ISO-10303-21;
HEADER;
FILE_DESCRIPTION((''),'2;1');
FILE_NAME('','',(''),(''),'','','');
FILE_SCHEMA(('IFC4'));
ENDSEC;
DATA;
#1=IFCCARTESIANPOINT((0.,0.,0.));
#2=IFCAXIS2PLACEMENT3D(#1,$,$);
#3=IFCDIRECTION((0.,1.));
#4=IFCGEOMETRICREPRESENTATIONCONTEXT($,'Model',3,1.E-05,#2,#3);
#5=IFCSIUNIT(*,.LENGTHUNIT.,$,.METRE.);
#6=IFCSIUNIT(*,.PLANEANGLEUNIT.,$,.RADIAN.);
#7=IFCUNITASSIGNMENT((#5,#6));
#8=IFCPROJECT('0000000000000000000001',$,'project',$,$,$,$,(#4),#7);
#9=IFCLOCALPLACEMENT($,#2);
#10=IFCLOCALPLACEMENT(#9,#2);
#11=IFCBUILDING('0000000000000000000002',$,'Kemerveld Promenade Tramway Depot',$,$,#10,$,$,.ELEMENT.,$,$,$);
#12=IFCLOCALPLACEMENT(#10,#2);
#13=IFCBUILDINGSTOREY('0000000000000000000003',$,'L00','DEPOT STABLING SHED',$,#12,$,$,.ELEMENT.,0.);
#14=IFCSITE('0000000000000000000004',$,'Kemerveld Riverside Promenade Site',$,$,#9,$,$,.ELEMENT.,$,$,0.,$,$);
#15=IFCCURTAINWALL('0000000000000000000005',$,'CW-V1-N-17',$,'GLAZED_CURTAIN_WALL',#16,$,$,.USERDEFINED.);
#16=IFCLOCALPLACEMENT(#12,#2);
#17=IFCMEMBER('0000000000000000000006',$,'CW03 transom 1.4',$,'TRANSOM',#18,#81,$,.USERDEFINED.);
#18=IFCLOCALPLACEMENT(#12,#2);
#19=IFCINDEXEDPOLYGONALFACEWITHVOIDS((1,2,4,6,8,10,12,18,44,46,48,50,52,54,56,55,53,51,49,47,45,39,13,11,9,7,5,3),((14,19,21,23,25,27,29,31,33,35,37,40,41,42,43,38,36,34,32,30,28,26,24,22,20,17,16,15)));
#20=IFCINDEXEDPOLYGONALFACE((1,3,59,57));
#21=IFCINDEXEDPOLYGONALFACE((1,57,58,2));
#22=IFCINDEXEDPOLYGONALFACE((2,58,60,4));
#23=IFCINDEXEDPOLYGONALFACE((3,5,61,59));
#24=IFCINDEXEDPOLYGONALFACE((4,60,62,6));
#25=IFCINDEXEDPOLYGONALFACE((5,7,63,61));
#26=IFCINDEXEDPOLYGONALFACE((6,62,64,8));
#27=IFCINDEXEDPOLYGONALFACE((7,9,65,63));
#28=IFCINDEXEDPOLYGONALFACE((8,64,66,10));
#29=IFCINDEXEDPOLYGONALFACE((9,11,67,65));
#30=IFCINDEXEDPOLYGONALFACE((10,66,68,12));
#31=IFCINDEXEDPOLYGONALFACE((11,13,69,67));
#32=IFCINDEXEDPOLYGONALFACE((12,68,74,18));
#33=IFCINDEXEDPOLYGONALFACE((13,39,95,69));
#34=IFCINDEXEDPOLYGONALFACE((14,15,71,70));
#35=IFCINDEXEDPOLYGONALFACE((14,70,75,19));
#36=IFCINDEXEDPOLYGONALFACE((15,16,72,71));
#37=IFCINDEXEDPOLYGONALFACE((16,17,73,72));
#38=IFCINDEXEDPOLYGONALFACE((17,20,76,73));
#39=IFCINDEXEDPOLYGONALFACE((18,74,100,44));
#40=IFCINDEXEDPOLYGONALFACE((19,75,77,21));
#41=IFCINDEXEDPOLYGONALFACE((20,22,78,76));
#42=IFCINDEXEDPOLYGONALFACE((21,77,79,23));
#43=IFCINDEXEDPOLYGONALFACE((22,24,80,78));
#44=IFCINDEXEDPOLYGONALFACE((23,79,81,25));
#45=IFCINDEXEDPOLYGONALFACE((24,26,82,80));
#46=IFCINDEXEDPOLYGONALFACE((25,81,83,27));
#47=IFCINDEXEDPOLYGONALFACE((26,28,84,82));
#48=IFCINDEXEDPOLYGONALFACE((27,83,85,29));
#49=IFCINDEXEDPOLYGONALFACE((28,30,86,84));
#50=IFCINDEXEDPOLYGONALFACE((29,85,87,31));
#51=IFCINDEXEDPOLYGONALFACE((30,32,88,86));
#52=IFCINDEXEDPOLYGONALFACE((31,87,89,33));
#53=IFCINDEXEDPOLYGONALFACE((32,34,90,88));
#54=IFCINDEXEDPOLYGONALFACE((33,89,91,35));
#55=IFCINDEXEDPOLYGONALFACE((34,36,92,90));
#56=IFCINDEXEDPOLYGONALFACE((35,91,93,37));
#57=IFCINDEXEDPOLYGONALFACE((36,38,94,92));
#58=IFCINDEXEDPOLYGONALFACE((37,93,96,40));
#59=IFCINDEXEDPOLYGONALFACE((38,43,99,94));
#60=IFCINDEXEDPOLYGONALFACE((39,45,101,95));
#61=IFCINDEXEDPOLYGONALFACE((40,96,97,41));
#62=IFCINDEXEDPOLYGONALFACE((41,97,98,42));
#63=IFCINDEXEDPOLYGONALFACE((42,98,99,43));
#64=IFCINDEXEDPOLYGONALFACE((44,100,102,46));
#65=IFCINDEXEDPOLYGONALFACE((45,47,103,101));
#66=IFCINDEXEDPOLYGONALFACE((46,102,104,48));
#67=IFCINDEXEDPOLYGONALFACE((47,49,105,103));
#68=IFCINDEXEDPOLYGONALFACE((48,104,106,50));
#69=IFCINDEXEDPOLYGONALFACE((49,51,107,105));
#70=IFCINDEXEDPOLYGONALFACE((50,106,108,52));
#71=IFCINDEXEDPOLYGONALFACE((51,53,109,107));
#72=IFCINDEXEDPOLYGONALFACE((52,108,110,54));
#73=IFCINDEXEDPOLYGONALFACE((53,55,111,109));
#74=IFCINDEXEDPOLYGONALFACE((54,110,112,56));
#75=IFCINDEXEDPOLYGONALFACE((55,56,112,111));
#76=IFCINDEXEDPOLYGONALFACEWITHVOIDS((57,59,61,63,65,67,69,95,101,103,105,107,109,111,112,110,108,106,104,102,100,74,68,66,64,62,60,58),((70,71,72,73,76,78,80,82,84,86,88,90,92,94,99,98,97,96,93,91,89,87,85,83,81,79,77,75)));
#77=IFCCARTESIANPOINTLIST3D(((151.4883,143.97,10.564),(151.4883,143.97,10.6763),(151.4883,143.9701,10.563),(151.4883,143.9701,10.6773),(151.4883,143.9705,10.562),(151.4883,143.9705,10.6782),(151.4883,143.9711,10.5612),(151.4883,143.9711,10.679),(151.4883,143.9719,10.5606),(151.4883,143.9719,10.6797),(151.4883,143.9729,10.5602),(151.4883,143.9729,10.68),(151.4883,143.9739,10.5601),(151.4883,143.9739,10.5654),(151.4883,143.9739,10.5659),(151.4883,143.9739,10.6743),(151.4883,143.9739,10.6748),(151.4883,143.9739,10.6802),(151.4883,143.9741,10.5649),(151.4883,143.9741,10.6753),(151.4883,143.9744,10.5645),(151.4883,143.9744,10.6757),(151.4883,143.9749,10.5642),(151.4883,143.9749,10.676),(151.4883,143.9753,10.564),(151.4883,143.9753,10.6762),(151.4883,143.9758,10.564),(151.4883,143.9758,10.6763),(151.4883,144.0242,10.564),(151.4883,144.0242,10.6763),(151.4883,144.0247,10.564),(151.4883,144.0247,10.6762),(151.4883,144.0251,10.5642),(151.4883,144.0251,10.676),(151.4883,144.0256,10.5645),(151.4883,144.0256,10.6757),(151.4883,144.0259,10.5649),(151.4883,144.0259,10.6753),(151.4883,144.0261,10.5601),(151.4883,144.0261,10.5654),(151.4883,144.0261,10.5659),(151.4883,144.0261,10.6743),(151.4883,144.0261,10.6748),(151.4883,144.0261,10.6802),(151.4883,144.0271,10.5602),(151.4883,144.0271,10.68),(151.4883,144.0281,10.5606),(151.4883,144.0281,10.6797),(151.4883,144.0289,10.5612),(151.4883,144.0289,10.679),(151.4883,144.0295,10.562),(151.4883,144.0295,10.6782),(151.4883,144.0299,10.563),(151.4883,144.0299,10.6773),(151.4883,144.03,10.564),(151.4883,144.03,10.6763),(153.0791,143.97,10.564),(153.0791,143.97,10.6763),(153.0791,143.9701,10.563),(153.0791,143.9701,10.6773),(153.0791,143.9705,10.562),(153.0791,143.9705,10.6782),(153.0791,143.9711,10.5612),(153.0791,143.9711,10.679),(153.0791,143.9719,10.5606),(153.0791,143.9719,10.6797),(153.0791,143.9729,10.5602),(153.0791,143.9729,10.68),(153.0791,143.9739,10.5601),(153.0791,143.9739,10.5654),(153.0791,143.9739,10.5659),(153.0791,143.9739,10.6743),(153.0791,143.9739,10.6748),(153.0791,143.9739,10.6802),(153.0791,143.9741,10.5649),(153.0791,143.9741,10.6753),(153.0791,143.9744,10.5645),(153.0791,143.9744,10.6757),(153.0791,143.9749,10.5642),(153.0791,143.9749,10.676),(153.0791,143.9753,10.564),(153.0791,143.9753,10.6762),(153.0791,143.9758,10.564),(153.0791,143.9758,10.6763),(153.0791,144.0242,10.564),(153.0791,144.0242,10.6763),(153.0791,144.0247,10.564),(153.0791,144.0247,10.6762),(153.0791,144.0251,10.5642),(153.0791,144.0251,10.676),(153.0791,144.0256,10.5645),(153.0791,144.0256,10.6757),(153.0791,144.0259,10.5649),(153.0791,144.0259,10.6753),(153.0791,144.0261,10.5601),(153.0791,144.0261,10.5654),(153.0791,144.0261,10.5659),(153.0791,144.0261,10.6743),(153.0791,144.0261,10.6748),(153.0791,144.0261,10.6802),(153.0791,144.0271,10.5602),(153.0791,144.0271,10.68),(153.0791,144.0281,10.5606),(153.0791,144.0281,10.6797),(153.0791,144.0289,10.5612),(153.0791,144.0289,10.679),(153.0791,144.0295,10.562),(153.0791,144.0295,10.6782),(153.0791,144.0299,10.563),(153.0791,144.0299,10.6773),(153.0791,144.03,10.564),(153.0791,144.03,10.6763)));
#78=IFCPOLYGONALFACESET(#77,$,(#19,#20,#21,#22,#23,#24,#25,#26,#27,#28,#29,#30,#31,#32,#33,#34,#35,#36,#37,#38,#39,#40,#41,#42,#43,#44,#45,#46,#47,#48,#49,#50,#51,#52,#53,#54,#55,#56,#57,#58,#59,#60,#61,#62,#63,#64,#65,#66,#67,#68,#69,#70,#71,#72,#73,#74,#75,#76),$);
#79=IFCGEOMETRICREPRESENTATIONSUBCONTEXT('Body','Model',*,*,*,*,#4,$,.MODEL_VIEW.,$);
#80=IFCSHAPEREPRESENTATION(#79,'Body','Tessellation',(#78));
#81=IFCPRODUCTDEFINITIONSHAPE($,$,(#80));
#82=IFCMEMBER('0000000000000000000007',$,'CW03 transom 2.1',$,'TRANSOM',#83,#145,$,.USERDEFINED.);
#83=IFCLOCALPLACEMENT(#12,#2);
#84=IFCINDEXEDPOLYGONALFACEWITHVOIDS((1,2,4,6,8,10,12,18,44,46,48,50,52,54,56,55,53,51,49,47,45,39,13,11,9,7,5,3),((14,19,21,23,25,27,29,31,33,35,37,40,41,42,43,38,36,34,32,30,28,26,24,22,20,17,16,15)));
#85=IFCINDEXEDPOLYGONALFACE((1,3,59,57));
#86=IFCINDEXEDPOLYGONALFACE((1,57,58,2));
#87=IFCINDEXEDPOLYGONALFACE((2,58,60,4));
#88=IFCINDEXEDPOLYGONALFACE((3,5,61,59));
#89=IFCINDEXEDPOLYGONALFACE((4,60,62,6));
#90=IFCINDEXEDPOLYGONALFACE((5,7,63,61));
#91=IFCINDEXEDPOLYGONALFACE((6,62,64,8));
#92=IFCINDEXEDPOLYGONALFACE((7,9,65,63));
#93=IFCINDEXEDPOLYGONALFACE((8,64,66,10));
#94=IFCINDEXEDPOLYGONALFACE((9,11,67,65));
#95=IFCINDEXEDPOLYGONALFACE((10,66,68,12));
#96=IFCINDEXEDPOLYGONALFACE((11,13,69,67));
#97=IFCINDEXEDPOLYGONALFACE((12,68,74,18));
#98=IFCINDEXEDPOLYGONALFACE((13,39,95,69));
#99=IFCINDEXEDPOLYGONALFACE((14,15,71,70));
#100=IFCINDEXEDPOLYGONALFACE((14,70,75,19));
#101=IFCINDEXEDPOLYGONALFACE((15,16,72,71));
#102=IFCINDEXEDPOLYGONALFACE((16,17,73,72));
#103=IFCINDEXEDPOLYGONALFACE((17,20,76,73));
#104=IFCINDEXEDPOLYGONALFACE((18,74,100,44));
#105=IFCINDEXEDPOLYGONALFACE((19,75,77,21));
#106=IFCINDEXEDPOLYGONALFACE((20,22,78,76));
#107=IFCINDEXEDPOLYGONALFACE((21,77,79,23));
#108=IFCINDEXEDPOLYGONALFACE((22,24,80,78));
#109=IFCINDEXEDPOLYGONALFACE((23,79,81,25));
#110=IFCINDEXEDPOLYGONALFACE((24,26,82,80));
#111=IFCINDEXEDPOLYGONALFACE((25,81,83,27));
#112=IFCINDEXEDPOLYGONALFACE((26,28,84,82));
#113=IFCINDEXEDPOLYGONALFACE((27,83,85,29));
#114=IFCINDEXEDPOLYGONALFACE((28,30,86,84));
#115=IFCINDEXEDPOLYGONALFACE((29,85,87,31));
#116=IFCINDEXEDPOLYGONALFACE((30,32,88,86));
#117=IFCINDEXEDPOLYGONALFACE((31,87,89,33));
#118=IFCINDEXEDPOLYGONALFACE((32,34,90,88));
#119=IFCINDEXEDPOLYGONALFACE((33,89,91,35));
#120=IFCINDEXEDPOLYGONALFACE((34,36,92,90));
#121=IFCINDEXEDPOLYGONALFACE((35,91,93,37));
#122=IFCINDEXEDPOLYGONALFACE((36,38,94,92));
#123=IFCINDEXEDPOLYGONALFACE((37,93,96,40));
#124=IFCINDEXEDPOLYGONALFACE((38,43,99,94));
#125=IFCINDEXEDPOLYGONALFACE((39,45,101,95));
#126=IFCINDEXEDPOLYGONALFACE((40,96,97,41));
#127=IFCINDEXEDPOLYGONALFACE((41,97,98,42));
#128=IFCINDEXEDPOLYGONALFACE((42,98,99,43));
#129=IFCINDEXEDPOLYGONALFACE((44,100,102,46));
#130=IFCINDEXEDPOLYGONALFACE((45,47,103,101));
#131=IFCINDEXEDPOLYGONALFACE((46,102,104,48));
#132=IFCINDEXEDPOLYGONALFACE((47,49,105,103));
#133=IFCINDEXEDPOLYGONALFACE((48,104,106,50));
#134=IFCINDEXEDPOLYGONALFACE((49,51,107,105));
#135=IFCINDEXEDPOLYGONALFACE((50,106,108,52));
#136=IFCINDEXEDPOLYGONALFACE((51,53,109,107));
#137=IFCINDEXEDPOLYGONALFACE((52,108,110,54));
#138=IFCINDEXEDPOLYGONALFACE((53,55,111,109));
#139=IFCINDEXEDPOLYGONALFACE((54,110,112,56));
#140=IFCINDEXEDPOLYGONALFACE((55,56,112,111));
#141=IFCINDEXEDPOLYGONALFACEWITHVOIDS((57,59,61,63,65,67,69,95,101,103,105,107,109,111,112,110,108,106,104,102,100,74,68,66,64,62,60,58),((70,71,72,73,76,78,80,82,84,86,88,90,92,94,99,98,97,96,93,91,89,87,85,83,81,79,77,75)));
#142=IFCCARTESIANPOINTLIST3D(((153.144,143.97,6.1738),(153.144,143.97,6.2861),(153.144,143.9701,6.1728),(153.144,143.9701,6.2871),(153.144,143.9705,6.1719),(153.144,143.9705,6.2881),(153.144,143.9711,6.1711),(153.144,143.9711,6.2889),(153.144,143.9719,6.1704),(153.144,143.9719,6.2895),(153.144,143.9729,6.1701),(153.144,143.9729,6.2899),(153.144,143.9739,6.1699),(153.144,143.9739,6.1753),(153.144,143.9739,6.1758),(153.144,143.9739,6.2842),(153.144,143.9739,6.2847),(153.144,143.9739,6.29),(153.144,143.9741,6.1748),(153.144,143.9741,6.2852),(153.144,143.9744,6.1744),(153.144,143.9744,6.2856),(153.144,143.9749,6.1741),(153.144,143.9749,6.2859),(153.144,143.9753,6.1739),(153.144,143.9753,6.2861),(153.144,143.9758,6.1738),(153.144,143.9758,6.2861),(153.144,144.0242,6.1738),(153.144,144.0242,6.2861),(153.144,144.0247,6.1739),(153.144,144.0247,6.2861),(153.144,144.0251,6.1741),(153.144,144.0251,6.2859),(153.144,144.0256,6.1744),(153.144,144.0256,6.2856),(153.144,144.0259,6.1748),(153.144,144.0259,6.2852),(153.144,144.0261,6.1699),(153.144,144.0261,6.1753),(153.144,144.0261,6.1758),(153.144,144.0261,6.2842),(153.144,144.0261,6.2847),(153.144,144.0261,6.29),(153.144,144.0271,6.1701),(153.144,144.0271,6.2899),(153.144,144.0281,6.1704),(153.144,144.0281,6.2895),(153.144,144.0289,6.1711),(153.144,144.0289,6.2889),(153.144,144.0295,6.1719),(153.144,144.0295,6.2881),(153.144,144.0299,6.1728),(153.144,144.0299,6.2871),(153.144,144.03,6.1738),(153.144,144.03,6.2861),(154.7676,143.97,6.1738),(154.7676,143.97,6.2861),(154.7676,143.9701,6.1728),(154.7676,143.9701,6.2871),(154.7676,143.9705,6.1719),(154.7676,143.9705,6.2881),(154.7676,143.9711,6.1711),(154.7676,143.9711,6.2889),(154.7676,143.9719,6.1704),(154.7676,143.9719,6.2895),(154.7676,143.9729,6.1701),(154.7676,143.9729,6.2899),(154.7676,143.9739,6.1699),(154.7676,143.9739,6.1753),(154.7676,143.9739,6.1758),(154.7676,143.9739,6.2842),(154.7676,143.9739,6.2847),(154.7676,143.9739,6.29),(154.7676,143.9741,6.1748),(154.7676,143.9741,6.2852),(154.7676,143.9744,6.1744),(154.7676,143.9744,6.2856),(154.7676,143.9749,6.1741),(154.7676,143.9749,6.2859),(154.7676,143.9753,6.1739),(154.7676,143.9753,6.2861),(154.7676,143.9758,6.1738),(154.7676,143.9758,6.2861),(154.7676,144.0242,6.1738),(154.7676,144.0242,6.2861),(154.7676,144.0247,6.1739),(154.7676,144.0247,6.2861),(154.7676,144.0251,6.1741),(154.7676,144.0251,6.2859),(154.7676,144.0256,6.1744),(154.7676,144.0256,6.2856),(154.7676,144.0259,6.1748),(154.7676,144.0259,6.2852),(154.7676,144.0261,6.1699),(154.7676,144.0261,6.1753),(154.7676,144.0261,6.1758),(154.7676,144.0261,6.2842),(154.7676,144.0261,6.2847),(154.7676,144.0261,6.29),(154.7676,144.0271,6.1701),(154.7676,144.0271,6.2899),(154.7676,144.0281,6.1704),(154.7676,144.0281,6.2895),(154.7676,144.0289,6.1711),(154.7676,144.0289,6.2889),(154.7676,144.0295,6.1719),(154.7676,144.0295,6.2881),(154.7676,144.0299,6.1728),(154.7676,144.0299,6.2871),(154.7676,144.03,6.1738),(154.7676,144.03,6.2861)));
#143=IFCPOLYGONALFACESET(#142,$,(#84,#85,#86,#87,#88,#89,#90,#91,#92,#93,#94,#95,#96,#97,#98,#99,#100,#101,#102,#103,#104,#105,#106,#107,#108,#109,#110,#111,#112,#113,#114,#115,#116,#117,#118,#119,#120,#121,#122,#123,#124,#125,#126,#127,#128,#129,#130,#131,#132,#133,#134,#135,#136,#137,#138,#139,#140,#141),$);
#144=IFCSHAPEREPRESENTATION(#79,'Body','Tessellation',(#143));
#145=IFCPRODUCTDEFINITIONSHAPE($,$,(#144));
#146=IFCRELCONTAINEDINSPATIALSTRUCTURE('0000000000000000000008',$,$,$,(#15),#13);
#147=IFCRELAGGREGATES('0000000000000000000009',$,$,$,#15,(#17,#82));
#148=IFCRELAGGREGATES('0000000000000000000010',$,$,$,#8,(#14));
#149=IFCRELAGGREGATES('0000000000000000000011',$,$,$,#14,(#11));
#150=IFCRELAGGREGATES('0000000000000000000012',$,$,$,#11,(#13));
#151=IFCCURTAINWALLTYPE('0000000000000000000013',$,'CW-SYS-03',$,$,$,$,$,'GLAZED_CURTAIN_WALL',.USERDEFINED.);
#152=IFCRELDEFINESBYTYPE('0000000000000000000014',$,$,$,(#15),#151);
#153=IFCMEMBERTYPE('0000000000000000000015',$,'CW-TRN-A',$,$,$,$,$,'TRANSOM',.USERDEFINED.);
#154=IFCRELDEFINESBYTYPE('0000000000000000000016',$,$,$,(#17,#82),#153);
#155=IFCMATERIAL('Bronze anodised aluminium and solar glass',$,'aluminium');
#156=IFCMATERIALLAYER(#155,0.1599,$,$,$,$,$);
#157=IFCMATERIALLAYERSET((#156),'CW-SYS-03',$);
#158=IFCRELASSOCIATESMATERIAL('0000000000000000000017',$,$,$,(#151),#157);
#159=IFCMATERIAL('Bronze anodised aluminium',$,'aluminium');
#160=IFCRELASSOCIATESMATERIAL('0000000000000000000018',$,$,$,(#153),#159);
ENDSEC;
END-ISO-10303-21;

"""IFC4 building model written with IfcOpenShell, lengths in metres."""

from ifc_helpers import new_model, si_unit, direction, frame, origin, origin_2d, place, context, subcontext, project, spatial, hollow_rectangle, extrude, material, layer, layer_set, material_profile, profile_set, type_object, element, aggregate, save


model = new_model("IFC4")

# Units and contexts
model_context = context("Model", 3, precision=1e-05, world=origin(), true_north=direction((0.0, 1.0)))
body_context = subcontext(model_context, "Body", "Model", "MODEL_VIEW")
ifc_project = project(units=[si_unit("LENGTHUNIT", "METRE"), si_unit("PLANEANGLEUNIT", "RADIAN")], contexts=[model_context])

# Site, building, storey
site_placement = place(None, origin())
site = spatial("IfcSite", under=ifc_project, at=site_placement, Name="Kemerveld Riverside Promenade Site", CompositionType="ELEMENT", RefElevation=0.0)
building_placement = place(site_placement, origin())
building = spatial("IfcBuilding", under=site, at=building_placement, Name="Kemerveld Promenade Tramway Depot", CompositionType="ELEMENT")
storey_placement = place(building_placement, origin())
storey = spatial("IfcBuildingStorey", under=building, at=storey_placement, Name="L00", Description="DEPOT STABLING SHED", CompositionType="ELEMENT", Elevation=0.0)

# Curtain wall, members
ifc_material_1 = material(Name="Bronze anodised aluminium and solar glass", Category="aluminium")
ifc_layer_1 = layer(ifc_material_1, 0.1599)
ifc_layer_set_1 = layer_set([ifc_layer_1], Name="CW-SYS-03")
curtain_wall_type = type_object("IfcCurtainWallType", Name="CW-SYS-03", ElementType="GLAZED_CURTAIN_WALL", PredefinedType="USERDEFINED", material=ifc_layer_set_1)
curtain_wall_placement = place(storey_placement, origin())
curtain_wall = element("IfcCurtainWall", 1, at=curtain_wall_placement, inside=storey, type_object=curtain_wall_type, Name="CW-V1-N-17", ObjectType="GLAZED_CURTAIN_WALL", PredefinedType="USERDEFINED")
ifc_material_2 = material(Name="Bronze anodised aluminium", Category="aluminium")
ifc_material_profile_1 = material_profile(ifc_material_2, hollow_rectangle(XDim=0.0601, YDim=0.1201, WallThickness=0.0039, InnerFilletRadius=0.002, OuterFilletRadius=0.0039, at=origin_2d()), Name="CW-TRN-120x60")
ifc_profile_set_1 = profile_set([ifc_material_profile_1], Name="Bronze anodised aluminium")
member_type_1 = type_object("IfcMemberType", Name="CW-TRN-A", ElementType="TRANSOM", PredefinedType="USERDEFINED", material=ifc_profile_set_1)
member_1_placement = place(storey_placement, frame((151.4883, 144.0, 10.6201), z_axis=(1.0, 0.0, 0.0), x_axis=(0.0, 1.0, 0.0)))
member_1 = element("IfcMember", 2, at=member_1_placement, type_object=member_type_1, Name="CW03 transom 1.4", ObjectType="TRANSOM", PredefinedType="USERDEFINED", context=body_context, shape_type="SweptSolid", body=[
    extrude(hollow_rectangle(XDim=0.0601, YDim=0.1201, WallThickness=0.0039, InnerFilletRadius=0.002, OuterFilletRadius=0.0039, at=origin_2d()), origin(), (0.0, 0.0, 1.0), 1.5908),
])
member_2_placement = place(storey_placement, frame((153.144, 144.0, 6.23), z_axis=(1.0, 0.0, 0.0), x_axis=(0.0, 1.0, 0.0)))
member_2 = element("IfcMember", 3, at=member_2_placement, type_object=member_type_1, Name="CW03 transom 2.1", ObjectType="TRANSOM", PredefinedType="USERDEFINED", context=body_context, shape_type="SweptSolid", body=[
    extrude(hollow_rectangle(XDim=0.0601, YDim=0.1201, WallThickness=0.0039, InnerFilletRadius=0.002, OuterFilletRadius=0.0039, at=origin_2d()), origin(), (0.0, 0.0, 1.0), 1.6235),
])
aggregate(curtain_wall, [member_1, member_2])

save(model, "model.ifc")
